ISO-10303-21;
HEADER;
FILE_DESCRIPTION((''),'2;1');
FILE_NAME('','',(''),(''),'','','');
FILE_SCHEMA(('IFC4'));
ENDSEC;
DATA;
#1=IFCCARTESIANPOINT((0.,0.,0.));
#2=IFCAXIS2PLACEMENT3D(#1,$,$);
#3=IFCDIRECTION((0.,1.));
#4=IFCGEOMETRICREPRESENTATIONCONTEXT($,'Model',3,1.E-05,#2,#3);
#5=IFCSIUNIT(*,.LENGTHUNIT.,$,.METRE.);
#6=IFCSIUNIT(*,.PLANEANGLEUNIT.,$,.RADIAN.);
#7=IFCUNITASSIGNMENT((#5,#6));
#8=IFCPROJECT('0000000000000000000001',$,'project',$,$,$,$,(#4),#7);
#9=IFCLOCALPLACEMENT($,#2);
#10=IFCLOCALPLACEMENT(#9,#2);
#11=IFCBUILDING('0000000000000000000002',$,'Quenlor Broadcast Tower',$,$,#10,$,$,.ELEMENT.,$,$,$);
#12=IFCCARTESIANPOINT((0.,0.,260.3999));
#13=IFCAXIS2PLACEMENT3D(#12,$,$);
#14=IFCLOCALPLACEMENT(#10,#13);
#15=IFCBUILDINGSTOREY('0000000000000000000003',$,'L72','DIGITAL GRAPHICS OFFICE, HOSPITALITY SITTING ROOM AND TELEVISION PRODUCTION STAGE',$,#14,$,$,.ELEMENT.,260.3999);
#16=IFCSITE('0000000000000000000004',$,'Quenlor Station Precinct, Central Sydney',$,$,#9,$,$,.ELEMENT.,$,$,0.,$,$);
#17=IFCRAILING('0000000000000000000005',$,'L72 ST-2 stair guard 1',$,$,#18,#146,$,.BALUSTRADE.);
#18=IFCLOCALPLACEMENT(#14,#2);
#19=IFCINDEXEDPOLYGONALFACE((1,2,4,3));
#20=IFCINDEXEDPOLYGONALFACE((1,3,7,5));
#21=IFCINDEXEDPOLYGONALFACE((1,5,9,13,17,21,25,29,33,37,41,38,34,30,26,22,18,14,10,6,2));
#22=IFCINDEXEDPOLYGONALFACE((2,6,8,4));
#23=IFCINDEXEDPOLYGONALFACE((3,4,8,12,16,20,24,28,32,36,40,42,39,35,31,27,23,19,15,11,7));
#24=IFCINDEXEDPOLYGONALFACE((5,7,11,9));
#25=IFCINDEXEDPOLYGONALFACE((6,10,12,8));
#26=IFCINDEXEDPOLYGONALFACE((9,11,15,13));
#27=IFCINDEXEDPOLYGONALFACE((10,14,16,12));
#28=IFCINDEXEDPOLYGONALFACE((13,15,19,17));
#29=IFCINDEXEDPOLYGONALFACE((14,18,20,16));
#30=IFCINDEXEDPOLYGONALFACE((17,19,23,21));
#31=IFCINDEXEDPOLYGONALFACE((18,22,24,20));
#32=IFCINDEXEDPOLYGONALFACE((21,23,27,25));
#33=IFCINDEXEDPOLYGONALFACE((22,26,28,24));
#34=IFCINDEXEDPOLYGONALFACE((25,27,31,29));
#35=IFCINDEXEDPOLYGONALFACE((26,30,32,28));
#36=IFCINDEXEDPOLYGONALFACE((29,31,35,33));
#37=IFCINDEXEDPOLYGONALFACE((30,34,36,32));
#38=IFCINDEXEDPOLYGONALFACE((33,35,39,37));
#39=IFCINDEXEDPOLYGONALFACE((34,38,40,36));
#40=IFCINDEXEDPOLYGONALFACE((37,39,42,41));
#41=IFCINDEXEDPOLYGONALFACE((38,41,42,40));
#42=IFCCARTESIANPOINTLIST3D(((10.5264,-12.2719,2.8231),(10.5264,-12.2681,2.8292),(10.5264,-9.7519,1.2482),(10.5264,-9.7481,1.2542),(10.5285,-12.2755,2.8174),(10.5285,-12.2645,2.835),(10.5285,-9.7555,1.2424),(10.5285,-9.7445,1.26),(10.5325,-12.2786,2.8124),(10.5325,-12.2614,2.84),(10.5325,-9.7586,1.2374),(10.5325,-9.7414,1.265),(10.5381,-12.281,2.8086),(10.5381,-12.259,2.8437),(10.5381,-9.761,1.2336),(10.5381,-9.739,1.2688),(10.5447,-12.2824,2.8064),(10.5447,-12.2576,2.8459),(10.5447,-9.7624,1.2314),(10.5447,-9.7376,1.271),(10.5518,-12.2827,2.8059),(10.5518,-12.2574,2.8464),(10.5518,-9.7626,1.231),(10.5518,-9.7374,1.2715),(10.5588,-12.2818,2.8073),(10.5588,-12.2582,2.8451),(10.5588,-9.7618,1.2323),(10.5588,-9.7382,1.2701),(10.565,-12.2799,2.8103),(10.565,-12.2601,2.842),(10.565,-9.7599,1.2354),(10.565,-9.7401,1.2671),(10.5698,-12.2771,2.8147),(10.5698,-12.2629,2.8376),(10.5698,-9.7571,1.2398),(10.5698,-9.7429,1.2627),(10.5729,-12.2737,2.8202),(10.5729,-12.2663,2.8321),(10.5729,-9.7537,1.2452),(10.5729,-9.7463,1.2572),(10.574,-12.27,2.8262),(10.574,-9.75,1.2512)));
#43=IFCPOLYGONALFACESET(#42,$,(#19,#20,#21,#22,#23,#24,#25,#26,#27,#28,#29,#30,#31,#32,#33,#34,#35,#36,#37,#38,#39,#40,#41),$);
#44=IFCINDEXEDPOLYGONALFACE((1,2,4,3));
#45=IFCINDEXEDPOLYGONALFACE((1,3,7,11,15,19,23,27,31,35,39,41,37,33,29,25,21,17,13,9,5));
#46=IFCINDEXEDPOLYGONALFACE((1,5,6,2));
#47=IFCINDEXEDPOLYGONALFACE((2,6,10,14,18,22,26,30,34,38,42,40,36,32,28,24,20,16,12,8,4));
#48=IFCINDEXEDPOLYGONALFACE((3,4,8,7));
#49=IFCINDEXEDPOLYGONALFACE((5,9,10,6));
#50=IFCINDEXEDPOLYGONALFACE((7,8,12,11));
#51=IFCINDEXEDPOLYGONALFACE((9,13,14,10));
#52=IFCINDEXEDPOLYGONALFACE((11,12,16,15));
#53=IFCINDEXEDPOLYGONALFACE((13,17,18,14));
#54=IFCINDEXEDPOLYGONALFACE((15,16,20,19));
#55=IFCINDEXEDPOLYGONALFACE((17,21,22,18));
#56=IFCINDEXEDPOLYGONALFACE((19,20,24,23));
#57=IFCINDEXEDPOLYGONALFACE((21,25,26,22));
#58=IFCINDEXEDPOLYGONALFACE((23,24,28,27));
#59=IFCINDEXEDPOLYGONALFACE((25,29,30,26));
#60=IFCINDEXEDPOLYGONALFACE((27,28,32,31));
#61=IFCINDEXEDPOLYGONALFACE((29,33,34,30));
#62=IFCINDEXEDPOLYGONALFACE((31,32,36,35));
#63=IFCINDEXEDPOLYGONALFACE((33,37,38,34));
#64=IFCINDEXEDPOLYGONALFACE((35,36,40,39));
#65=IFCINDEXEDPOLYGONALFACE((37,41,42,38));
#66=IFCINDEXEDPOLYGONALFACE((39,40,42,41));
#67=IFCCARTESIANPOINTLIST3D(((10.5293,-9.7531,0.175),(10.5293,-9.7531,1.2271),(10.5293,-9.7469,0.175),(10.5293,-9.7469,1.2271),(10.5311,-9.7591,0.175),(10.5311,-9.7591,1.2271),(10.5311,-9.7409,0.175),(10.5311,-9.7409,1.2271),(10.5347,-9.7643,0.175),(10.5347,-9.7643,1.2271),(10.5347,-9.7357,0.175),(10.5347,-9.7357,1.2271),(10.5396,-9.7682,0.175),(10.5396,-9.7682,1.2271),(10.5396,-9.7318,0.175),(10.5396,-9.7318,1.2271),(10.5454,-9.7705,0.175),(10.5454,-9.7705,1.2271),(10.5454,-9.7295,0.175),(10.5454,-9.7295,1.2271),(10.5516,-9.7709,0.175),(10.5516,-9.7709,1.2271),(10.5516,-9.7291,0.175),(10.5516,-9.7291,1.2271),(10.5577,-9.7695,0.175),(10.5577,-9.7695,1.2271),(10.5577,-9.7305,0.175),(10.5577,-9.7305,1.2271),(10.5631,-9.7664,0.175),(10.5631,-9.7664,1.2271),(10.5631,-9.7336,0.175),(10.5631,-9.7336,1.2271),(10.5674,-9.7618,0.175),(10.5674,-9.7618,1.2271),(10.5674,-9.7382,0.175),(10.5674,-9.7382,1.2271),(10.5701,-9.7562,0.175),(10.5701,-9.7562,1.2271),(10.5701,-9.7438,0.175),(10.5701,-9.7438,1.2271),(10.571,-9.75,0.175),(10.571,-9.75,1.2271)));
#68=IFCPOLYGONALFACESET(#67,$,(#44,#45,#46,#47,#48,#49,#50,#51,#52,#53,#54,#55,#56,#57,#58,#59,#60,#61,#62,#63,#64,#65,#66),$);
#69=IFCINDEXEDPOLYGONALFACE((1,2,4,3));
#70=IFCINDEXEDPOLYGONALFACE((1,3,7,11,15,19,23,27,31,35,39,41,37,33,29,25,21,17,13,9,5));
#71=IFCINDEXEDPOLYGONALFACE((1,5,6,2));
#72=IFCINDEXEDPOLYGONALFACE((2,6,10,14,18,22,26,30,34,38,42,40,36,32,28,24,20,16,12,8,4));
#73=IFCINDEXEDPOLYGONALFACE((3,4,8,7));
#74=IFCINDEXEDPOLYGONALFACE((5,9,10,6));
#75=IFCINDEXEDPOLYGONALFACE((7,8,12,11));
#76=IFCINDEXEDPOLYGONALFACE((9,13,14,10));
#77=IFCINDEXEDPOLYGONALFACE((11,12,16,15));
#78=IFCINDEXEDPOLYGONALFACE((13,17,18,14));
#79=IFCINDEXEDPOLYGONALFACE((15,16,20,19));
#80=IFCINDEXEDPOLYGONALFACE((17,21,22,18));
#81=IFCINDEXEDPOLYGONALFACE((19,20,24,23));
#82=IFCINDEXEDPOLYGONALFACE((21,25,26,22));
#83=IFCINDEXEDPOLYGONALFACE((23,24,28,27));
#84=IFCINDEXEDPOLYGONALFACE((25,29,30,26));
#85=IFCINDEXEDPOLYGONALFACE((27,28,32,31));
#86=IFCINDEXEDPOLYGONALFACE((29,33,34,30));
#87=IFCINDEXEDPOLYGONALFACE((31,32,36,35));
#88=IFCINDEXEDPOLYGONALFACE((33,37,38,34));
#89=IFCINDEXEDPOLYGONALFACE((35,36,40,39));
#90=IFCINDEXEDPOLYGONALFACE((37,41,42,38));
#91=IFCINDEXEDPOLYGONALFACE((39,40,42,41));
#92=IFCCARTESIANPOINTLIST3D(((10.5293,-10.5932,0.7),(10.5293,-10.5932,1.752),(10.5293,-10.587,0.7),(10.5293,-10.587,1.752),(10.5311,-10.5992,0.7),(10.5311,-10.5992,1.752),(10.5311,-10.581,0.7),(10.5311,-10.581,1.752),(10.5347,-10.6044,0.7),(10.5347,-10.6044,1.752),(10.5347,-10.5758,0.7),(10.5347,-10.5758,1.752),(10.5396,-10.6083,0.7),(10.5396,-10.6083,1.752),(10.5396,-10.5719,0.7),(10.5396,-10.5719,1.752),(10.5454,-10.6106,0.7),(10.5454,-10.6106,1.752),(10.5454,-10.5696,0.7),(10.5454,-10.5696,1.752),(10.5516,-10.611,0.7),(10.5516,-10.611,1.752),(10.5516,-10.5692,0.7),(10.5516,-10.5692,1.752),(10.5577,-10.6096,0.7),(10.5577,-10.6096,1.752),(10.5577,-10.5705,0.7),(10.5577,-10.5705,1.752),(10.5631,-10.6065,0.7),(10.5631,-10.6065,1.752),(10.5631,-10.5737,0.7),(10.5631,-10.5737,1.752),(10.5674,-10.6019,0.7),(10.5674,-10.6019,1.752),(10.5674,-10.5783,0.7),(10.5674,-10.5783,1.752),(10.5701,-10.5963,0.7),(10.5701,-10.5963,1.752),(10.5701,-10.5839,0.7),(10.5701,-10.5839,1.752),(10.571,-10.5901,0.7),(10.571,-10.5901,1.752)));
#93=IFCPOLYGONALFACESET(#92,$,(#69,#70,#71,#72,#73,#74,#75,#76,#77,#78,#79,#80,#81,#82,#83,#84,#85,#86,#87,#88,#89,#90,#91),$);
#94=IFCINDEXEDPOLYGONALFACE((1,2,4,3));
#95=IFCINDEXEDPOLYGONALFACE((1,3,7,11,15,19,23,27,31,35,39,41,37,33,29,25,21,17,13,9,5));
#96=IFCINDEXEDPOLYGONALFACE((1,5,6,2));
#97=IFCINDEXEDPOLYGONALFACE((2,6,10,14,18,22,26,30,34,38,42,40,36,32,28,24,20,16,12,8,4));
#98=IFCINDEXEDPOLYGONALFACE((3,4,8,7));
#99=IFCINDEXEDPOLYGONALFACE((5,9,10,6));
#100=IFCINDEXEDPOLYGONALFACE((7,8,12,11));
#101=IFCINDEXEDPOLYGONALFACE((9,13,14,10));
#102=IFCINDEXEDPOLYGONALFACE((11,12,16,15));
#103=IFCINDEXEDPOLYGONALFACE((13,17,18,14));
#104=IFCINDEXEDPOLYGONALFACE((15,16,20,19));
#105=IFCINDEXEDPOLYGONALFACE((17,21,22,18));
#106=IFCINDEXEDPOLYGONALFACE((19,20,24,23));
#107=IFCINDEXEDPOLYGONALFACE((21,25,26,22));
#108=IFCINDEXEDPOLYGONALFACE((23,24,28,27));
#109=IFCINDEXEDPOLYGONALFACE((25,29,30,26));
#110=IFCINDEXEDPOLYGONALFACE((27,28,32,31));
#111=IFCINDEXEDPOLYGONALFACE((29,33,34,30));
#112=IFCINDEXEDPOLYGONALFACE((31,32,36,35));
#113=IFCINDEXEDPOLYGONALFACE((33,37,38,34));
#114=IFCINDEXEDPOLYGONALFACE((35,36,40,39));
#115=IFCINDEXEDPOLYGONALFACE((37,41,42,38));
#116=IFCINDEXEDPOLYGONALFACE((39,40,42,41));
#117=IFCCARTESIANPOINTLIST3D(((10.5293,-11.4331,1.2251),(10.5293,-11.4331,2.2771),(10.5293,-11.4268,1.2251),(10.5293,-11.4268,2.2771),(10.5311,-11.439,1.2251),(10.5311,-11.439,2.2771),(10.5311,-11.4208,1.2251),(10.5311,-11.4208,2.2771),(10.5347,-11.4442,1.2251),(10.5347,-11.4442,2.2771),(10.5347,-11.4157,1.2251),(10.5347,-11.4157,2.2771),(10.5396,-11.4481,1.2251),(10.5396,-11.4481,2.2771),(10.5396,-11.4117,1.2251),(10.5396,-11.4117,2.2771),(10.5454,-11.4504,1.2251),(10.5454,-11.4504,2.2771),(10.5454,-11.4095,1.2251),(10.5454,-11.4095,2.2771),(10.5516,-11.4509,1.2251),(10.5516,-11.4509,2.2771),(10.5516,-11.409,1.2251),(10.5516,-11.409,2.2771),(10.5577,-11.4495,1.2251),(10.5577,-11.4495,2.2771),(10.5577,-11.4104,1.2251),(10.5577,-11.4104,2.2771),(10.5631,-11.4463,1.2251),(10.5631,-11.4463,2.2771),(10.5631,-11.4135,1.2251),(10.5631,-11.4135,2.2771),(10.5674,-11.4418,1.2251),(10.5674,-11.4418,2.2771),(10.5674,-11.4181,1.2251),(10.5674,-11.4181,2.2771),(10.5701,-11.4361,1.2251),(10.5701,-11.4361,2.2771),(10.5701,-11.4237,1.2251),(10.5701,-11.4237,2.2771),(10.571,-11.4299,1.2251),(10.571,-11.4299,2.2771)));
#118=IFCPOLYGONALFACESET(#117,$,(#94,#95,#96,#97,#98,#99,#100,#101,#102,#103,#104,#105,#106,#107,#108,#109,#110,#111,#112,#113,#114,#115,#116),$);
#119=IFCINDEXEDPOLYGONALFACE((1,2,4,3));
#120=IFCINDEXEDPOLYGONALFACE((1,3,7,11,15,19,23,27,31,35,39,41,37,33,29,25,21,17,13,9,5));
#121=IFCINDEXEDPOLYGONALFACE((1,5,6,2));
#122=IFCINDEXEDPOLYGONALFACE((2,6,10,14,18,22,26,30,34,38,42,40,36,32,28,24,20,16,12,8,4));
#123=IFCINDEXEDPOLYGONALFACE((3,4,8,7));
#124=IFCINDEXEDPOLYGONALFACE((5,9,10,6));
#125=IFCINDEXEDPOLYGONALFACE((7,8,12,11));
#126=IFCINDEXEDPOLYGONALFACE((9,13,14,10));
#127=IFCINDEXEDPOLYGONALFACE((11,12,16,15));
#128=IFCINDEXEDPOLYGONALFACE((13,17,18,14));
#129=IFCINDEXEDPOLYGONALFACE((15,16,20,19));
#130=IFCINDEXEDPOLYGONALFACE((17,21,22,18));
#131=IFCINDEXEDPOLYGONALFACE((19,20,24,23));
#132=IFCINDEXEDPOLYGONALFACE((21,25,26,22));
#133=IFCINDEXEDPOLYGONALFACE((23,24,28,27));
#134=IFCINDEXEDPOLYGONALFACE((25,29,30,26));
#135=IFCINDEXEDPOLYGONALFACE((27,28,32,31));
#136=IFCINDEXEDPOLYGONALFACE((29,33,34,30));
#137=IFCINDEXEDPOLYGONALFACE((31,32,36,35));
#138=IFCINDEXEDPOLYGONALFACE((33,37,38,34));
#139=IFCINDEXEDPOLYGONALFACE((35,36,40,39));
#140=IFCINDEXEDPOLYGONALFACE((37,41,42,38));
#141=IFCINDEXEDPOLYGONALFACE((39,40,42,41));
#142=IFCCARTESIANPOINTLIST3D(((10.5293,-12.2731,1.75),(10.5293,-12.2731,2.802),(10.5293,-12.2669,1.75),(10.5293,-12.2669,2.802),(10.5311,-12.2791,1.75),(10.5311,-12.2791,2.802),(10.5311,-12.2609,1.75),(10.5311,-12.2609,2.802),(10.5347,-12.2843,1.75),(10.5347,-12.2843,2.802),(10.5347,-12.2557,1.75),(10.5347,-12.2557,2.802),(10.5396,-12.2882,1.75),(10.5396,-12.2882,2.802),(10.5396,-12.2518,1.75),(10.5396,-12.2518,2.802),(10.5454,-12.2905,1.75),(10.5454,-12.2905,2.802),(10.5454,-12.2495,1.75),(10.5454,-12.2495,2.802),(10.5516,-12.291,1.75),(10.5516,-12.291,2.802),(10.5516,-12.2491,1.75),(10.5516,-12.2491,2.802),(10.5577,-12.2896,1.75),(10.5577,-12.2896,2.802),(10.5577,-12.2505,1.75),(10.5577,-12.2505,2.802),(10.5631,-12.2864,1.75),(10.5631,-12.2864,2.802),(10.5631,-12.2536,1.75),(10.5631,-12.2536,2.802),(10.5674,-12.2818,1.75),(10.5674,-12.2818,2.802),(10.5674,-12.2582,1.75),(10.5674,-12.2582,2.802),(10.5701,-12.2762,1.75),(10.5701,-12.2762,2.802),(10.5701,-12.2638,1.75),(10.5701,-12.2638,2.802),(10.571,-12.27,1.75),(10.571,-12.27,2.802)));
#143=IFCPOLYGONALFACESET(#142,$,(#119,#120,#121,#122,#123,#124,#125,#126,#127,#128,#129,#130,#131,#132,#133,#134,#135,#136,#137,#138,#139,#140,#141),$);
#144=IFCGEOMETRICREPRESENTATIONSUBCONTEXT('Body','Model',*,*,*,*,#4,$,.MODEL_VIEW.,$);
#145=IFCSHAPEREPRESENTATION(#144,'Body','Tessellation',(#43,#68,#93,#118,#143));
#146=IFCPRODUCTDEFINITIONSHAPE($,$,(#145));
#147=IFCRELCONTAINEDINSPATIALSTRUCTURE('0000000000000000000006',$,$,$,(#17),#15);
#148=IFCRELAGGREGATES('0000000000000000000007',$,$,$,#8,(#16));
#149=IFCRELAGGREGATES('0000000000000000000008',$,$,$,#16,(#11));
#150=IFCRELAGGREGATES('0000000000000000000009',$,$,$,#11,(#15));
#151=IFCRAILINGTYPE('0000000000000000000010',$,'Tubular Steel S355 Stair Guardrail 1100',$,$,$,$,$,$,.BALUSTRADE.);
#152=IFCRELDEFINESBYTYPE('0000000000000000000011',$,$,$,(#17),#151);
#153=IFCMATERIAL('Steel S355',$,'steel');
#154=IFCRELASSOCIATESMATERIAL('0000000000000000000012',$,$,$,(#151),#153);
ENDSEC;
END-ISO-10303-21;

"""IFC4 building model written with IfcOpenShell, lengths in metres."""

from ifc_helpers import new_model, si_unit, direction, frame, origin, origin_2d, place, context, subcontext, project, spatial, circle, extrude, material, type_object, element, save


model = new_model("IFC4")

# Units and contexts
model_context = context("Model", 3, precision=1e-05, world=origin(), true_north=direction((0.0, 1.0)))
body_context = subcontext(model_context, "Body", "Model", "MODEL_VIEW")
ifc_project = project(units=[si_unit("LENGTHUNIT", "METRE"), si_unit("PLANEANGLEUNIT", "RADIAN")], contexts=[model_context])

# Site, building, storey
site_placement = place(None, origin())
site = spatial("IfcSite", under=ifc_project, at=site_placement, Name="Quenlor Station Precinct, Central Sydney", CompositionType="ELEMENT", RefElevation=0.0)
building_placement = place(site_placement, origin())
building = spatial("IfcBuilding", under=site, at=building_placement, Name="Quenlor Broadcast Tower", CompositionType="ELEMENT")
storey_placement = place(building_placement, frame((0.0, 0.0, 260.3999)))
storey = spatial("IfcBuildingStorey", under=building, at=storey_placement, Name="L72", Description="DIGITAL GRAPHICS OFFICE, HOSPITALITY SITTING ROOM AND TELEVISION PRODUCTION STAGE", CompositionType="ELEMENT", Elevation=260.3999)

# Railing
ifc_material_1 = material(Name="Steel S355", Category="steel")
railing_type_1 = type_object("IfcRailingType", Name="Tubular Steel S355 Stair Guardrail 1100", PredefinedType="BALUSTRADE", material=ifc_material_1)
railing_1_placement = place(storey_placement, frame((10.55, -9.75, 0.175)))
element("IfcRailing", 1, at=railing_1_placement, inside=storey, type_object=railing_type_1, Name="L72 ST-2 stair guard 1", PredefinedType="BALUSTRADE", context=body_context, shape_type="SweptSolid", body=[
    extrude(circle(Radius=0.0239, at=origin_2d()), frame((0.0, 0.0, 1.0762), z_axis=(0.0, -0.848008, 0.529984), x_axis=(1.0, 0.0, 0.0)), (0.0, 0.0, 1.0), 2.9717),
    extrude(circle(Radius=0.021, at=origin_2d()), origin(), (0.0, 0.0, 1.0), 1.052),
    extrude(circle(Radius=0.021, at=origin_2d()), frame((0.0, -0.8401, 0.5249)), (0.0, 0.0, 1.0), 1.052),
    extrude(circle(Radius=0.021, at=origin_2d()), frame((0.0, -1.6799, 1.05)), (0.0, 0.0, 1.0), 1.052),
    extrude(circle(Radius=0.021, at=origin_2d()), frame((0.0, -2.52, 1.575)), (0.0, 0.0, 1.0), 1.052),
])

save(model, "model.ifc")
